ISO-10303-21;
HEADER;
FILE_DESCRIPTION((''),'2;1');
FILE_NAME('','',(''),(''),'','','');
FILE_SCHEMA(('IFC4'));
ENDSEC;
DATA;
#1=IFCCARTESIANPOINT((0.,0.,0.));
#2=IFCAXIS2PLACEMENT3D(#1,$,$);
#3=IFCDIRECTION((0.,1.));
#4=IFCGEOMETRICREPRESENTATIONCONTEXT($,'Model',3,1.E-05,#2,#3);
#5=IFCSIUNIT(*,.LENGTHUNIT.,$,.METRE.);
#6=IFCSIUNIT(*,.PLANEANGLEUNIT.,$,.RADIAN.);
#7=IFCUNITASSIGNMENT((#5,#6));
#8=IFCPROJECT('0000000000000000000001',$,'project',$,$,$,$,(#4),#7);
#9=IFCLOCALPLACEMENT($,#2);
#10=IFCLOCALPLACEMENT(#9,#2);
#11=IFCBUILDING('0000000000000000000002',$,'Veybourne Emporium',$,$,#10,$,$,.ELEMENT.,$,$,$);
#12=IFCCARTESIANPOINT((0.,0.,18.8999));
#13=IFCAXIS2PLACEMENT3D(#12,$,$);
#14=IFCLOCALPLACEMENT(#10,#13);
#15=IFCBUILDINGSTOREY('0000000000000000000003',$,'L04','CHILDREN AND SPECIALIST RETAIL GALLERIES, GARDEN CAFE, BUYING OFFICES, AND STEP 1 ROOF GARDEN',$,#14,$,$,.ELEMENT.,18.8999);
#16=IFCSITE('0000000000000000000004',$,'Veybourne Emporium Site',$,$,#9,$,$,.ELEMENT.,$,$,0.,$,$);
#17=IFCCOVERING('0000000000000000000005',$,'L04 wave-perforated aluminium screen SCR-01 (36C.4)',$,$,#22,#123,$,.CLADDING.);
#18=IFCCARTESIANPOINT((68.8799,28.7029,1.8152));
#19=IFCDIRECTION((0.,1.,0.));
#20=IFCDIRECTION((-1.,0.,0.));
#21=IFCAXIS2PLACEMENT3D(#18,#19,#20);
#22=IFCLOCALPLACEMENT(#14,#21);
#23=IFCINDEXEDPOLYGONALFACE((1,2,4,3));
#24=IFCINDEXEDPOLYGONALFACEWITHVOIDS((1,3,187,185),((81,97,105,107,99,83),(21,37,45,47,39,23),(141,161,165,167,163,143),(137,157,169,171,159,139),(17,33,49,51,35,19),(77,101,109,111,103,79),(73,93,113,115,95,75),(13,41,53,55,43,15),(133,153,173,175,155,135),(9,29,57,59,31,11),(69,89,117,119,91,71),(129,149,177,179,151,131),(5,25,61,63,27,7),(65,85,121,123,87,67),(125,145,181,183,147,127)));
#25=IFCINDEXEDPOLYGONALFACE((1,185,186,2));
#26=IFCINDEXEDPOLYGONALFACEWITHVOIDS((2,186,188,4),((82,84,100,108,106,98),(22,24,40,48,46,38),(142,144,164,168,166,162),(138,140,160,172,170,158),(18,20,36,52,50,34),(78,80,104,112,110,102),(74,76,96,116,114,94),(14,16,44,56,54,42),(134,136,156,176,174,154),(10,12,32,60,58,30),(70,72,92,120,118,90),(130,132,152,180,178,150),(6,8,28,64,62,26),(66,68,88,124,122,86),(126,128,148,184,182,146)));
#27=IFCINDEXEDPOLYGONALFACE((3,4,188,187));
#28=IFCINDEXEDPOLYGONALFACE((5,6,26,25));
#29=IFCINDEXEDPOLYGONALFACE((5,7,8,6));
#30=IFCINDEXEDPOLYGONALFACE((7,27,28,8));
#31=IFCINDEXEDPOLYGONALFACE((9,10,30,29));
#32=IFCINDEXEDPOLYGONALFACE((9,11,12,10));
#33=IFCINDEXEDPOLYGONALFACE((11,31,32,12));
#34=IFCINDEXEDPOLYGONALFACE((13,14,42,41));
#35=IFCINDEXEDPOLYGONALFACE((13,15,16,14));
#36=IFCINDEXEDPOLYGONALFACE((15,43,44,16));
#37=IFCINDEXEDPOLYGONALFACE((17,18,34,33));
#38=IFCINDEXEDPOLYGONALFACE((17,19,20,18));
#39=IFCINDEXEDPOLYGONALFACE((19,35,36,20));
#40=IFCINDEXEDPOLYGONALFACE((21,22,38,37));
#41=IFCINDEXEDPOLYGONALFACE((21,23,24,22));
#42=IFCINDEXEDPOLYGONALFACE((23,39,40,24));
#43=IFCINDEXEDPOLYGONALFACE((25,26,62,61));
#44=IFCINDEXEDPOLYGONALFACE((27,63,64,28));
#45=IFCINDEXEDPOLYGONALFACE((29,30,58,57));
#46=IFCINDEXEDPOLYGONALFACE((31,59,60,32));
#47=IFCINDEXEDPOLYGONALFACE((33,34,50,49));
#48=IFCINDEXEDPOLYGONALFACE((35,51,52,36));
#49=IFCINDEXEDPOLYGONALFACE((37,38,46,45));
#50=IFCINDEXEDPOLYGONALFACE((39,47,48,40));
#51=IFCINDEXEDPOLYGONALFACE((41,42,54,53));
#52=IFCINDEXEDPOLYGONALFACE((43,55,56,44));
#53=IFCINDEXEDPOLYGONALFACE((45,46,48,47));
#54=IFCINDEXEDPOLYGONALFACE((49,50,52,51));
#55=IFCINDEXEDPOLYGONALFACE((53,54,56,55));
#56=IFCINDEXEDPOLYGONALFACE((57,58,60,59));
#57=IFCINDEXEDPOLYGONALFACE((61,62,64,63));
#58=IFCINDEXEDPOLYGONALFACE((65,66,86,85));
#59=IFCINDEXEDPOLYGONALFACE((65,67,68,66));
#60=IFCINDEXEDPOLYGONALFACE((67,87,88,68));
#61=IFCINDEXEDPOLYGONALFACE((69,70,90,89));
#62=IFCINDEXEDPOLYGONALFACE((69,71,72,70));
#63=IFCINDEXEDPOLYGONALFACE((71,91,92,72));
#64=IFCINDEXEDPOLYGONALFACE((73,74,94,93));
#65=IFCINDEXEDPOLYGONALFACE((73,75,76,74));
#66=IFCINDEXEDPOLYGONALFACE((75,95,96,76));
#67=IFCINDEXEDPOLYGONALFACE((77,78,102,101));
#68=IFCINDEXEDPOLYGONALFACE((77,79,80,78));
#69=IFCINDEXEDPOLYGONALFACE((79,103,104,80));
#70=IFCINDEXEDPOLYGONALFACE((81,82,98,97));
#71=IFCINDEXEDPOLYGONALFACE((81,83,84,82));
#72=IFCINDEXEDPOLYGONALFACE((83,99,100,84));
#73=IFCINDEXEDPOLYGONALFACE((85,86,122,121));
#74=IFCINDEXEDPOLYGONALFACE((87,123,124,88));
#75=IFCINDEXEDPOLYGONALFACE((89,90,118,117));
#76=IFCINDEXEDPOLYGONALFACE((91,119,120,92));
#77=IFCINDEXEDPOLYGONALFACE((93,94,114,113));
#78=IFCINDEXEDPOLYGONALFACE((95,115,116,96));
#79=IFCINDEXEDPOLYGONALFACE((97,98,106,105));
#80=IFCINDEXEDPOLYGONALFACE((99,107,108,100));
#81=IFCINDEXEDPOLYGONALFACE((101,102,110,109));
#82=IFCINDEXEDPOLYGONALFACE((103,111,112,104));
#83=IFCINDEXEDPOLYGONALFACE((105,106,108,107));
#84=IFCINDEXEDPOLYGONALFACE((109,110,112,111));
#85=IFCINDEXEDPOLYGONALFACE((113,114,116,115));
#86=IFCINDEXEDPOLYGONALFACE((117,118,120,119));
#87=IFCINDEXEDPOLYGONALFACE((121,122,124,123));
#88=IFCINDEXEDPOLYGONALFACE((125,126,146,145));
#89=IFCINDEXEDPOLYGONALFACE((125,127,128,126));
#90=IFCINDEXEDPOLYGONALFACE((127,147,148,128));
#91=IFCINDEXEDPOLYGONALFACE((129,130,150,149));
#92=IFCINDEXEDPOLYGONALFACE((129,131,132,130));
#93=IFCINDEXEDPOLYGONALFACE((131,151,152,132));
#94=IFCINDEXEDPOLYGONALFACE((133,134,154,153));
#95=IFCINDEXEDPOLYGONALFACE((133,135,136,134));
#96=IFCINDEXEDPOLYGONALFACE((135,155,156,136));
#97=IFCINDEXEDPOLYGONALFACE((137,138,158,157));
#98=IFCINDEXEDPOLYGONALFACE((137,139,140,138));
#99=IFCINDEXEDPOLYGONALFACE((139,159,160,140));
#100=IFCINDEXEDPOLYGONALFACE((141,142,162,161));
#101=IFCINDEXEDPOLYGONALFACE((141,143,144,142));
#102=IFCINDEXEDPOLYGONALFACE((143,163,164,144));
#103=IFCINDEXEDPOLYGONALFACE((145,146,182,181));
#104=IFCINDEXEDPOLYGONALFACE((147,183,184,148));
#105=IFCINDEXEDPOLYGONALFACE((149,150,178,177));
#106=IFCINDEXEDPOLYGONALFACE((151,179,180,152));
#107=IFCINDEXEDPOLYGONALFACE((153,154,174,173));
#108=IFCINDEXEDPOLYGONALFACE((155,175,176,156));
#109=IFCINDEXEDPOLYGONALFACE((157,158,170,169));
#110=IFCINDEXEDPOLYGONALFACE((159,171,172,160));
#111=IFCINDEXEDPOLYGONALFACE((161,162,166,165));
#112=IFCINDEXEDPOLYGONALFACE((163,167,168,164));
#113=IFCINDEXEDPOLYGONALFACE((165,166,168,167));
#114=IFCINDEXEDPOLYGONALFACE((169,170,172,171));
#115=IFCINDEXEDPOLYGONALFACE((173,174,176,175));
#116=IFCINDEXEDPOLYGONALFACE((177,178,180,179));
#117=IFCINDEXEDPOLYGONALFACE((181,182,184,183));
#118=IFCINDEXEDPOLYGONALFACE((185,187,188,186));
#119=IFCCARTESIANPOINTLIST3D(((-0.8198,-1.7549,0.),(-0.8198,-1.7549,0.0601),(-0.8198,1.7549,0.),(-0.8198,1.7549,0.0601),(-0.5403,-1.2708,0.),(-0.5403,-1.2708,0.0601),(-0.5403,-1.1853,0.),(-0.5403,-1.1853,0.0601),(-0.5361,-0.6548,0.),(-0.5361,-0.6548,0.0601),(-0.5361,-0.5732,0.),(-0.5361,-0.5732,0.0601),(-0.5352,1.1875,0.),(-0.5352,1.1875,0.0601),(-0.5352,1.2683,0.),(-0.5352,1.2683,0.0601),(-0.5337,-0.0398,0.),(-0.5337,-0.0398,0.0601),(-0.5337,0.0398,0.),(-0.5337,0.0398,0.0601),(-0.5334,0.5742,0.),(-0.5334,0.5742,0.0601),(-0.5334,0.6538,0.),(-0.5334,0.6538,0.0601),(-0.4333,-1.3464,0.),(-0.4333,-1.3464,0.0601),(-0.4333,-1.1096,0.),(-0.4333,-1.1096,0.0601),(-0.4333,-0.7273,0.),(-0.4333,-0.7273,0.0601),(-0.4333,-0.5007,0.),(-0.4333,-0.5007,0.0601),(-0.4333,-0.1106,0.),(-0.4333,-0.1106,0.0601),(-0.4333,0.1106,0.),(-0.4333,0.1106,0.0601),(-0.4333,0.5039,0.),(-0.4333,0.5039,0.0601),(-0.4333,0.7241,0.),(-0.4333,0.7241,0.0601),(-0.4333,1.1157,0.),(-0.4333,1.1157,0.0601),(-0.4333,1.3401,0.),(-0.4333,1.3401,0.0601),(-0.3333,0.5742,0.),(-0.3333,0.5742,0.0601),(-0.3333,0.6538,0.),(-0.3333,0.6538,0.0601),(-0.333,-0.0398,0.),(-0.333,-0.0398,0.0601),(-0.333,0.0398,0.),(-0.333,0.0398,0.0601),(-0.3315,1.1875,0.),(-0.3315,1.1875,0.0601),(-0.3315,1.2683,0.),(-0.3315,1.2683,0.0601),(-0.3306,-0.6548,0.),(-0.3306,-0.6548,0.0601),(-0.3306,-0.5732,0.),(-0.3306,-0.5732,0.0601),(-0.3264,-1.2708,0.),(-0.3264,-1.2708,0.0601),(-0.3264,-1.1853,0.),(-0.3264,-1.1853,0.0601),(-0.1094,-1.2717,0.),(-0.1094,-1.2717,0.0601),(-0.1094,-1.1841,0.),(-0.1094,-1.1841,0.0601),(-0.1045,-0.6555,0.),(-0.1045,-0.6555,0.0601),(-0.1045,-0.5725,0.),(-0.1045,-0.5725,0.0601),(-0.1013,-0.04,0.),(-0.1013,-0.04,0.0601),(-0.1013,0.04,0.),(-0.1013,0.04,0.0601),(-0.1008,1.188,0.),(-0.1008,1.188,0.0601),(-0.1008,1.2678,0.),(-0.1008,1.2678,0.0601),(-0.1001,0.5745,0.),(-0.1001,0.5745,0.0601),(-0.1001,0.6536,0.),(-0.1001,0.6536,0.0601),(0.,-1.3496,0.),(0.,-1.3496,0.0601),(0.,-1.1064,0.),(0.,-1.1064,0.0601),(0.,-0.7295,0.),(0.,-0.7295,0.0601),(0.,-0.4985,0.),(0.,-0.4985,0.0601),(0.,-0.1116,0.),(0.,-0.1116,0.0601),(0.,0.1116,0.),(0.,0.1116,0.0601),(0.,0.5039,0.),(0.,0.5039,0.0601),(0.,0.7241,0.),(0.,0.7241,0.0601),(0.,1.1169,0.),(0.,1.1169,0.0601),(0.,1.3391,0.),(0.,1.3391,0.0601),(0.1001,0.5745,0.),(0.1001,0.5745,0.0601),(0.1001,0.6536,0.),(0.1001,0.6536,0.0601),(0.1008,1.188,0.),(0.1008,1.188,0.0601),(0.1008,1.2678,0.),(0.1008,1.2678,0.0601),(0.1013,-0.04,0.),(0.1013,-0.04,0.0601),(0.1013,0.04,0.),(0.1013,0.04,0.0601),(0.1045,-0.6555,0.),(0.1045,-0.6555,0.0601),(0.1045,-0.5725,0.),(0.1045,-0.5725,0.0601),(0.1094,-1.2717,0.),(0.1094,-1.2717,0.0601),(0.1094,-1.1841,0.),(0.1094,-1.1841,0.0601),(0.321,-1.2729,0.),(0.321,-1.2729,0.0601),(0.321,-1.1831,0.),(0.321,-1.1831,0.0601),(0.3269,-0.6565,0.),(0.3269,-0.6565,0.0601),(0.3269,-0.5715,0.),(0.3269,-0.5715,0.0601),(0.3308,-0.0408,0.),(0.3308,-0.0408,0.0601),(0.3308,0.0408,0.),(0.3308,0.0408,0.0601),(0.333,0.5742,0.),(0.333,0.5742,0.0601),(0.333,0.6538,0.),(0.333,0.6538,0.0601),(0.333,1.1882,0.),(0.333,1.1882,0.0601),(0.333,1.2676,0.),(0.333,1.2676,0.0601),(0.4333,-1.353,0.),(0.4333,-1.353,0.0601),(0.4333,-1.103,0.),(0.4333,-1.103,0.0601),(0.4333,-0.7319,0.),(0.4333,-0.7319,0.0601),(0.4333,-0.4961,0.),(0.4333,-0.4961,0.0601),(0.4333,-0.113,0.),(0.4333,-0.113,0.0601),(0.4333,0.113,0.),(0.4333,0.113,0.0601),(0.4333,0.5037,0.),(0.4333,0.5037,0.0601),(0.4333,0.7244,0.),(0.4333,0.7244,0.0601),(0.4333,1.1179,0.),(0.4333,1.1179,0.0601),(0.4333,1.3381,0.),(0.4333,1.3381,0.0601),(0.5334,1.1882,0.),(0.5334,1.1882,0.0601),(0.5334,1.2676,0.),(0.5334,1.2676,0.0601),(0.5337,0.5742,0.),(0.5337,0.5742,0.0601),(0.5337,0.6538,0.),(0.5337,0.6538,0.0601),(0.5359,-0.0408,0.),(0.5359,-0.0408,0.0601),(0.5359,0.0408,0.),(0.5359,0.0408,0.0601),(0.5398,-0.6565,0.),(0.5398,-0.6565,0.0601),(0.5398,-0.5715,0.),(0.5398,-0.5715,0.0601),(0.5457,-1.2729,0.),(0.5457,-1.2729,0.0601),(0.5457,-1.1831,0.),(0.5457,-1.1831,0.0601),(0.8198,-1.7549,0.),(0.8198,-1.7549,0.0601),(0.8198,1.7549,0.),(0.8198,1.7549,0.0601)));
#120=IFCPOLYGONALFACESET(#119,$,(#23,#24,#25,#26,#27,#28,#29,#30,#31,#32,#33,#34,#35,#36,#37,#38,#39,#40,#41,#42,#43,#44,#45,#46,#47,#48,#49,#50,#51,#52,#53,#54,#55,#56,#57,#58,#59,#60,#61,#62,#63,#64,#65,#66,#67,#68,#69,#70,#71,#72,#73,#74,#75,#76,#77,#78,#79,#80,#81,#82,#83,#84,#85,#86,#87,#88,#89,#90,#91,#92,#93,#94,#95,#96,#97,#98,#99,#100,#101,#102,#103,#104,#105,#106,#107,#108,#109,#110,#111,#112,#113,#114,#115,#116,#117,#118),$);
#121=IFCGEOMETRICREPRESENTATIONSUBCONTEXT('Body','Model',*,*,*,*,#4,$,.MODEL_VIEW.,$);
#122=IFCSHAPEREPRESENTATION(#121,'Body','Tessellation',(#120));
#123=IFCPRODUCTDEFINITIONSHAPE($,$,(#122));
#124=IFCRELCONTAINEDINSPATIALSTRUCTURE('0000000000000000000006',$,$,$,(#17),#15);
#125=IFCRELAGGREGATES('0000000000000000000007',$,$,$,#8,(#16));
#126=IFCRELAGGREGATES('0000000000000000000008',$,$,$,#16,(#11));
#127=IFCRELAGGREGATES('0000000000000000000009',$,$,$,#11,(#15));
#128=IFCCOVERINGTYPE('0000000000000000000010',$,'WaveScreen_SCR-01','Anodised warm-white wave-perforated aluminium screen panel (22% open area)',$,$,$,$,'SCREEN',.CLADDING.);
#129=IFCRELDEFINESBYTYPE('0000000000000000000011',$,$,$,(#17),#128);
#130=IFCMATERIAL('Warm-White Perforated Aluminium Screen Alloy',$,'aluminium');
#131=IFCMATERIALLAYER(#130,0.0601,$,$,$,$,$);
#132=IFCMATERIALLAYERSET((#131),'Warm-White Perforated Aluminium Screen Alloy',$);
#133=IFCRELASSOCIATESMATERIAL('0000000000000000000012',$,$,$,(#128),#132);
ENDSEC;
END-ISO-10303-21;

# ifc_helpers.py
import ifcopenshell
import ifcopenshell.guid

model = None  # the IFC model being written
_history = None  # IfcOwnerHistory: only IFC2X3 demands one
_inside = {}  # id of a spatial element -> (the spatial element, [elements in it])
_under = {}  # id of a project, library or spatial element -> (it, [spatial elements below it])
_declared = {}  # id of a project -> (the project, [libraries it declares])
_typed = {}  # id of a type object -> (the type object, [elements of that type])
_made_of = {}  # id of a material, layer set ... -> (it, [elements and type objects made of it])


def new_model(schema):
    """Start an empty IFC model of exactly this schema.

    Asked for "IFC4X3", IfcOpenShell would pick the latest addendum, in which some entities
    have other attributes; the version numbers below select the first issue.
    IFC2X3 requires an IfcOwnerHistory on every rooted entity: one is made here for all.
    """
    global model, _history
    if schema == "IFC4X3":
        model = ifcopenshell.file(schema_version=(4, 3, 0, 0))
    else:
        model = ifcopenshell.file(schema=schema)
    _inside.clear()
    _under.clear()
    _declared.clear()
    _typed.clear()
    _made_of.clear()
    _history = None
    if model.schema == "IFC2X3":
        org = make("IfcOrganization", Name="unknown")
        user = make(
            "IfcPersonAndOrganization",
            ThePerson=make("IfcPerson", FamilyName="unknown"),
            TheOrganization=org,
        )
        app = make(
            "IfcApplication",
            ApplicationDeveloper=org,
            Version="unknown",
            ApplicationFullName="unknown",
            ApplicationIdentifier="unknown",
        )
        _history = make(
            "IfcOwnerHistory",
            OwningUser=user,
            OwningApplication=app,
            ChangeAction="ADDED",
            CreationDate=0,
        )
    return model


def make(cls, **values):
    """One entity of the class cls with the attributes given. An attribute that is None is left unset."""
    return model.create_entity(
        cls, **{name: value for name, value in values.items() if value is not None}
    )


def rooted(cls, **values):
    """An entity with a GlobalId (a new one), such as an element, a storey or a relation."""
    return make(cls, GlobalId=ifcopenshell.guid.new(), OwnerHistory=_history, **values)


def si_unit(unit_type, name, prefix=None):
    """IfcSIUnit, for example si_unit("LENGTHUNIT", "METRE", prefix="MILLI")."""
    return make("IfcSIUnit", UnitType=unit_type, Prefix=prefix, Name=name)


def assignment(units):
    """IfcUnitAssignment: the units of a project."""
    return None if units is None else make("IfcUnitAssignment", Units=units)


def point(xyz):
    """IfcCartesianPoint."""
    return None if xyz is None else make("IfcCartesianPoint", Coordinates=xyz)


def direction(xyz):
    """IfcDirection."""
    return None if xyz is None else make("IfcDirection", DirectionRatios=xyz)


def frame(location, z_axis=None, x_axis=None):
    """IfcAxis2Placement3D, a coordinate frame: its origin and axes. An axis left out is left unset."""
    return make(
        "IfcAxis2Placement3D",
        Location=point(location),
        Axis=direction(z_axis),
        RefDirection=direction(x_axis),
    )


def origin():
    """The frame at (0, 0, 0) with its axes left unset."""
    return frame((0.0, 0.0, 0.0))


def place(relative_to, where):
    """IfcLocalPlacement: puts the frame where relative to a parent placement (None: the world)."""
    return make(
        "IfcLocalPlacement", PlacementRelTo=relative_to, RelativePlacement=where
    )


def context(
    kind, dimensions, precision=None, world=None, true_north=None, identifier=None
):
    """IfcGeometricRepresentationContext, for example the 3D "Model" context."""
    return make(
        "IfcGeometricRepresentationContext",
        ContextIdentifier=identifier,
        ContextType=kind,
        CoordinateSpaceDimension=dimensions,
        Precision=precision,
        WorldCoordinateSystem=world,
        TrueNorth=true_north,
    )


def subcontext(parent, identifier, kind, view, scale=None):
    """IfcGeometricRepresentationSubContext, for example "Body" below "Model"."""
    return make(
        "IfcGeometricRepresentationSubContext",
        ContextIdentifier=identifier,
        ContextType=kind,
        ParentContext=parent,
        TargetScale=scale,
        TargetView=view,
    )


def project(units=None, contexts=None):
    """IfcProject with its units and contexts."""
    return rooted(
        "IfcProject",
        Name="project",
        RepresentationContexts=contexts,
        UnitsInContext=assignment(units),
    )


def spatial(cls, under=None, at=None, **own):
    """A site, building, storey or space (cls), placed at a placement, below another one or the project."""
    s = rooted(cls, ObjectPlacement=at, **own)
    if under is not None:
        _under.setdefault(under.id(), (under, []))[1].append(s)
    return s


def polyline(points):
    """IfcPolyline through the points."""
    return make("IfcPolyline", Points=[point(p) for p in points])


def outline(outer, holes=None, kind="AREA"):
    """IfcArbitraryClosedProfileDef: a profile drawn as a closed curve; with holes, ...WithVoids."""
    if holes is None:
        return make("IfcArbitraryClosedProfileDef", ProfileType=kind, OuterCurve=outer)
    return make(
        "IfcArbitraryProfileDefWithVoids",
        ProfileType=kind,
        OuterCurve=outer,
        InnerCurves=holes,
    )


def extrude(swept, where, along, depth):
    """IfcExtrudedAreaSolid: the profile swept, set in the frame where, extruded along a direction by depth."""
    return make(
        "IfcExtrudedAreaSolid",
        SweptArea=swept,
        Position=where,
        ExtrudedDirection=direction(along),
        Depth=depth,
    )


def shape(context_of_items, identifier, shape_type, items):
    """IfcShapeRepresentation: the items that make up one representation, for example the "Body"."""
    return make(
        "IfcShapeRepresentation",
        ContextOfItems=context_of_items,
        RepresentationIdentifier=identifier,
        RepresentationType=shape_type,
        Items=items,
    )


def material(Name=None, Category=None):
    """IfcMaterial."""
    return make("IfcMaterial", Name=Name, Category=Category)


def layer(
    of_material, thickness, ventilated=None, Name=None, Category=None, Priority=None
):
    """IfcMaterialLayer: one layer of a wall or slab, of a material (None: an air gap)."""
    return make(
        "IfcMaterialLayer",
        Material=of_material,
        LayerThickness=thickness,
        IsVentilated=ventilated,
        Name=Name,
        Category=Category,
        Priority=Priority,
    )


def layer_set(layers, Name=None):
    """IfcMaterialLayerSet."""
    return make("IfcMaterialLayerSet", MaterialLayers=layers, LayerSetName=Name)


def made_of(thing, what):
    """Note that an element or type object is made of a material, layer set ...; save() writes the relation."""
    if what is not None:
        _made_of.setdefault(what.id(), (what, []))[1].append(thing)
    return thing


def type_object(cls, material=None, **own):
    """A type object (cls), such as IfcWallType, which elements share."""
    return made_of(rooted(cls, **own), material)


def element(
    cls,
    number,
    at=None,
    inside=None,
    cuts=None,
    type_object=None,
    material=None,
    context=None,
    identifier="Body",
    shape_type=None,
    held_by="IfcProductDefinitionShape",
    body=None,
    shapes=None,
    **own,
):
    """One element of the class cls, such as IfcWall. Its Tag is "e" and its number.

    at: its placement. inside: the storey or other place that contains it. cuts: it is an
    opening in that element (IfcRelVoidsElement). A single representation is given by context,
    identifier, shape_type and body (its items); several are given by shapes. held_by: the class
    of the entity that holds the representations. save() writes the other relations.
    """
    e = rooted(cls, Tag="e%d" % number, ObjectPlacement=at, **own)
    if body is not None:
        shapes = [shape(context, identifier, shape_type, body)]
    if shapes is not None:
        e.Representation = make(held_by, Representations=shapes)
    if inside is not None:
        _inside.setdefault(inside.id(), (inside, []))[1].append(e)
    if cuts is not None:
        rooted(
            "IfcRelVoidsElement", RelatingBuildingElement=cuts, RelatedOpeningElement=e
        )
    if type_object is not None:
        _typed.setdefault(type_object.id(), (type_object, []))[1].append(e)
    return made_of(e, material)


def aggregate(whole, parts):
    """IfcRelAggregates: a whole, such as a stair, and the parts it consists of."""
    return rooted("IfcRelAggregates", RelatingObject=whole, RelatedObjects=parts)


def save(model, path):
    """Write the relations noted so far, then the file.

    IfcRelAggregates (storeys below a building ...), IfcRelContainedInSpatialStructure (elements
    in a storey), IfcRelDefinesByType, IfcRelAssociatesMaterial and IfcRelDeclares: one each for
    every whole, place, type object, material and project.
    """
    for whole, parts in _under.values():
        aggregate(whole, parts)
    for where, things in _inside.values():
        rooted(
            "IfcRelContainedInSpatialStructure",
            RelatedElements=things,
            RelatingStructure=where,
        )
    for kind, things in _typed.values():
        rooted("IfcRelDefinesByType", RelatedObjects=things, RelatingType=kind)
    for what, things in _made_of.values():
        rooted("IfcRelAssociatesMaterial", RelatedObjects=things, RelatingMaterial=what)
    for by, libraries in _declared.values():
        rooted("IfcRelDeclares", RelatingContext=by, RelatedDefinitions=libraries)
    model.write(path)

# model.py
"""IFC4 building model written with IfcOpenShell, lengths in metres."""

from ifc_helpers import new_model, si_unit, direction, frame, origin, place, context, subcontext, project, spatial, polyline, outline, extrude, material, layer, layer_set, type_object, element, save


model = new_model("IFC4")

# Units and contexts
model_context = context("Model", 3, precision=1e-05, world=origin(), true_north=direction((0.0, 1.0)))
body_context = subcontext(model_context, "Body", "Model", "MODEL_VIEW")
ifc_project = project(units=[si_unit("LENGTHUNIT", "METRE"), si_unit("PLANEANGLEUNIT", "RADIAN")], contexts=[model_context])

# Site, building, storey
site_placement = place(None, origin())
site = spatial("IfcSite", under=ifc_project, at=site_placement, Name="Veybourne Emporium Site", CompositionType="ELEMENT", RefElevation=0.0)
building_placement = place(site_placement, origin())
building = spatial("IfcBuilding", under=site, at=building_placement, Name="Veybourne Emporium", CompositionType="ELEMENT")
storey_placement = place(building_placement, frame((0.0, 0.0, 18.8999)))
storey = spatial("IfcBuildingStorey", under=building, at=storey_placement, Name="L04", Description="CHILDREN AND SPECIALIST RETAIL GALLERIES, GARDEN CAFE, BUYING OFFICES, AND STEP 1 ROOF GARDEN", CompositionType="ELEMENT", Elevation=18.8999)

# Covering
ifc_material_1 = material(Name="Warm-White Perforated Aluminium Screen Alloy", Category="aluminium")
ifc_layer_1 = layer(ifc_material_1, 0.0601)
ifc_layer_set_1 = layer_set([ifc_layer_1], Name="Warm-White Perforated Aluminium Screen Alloy")
covering_type_1 = type_object("IfcCoveringType", Name="WaveScreen_SCR-01", Description="Anodised warm-white wave-perforated aluminium screen panel (22% open area)", ElementType="SCREEN", PredefinedType="CLADDING", material=ifc_layer_set_1)
covering_1_placement = place(storey_placement, frame((68.8799, 28.7029, 1.8152), z_axis=(0.0, 1.0, 0.0), x_axis=(-1.0, 0.0, 0.0)))
element("IfcCovering", 1, at=covering_1_placement, inside=storey, type_object=covering_type_1, Name="L04 wave-perforated aluminium screen SCR-01 (36C.4)", PredefinedType="CLADDING", context=body_context, shape_type="SweptSolid", body=[
    extrude(outline(polyline([(-0.8198, -1.7549), (0.8198, -1.7549), (0.8198, 1.7549), (-0.8198, 1.7549), (-0.8198, -1.7549)]), holes=[polyline([(-0.4333, -1.1096), (-0.3264, -1.1853), (-0.3264, -1.2708), (-0.4333, -1.3464), (-0.5403, -1.2708), (-0.5403, -1.1853), (-0.4333, -1.1096)]), polyline([(-0.4333, -0.5007), (-0.3306, -0.5732), (-0.3306, -0.6548), (-0.4333, -0.7273), (-0.5361, -0.6548), (-0.5361, -0.5732), (-0.4333, -0.5007)]), polyline([(-0.4333, 0.1106), (-0.333, 0.0398), (-0.333, -0.0398), (-0.4333, -0.1106), (-0.5337, -0.0398), (-0.5337, 0.0398), (-0.4333, 0.1106)]), polyline([(-0.4333, 0.7241), (-0.3333, 0.6538), (-0.3333, 0.5742), (-0.4333, 0.5039), (-0.5334, 0.5742), (-0.5334, 0.6538), (-0.4333, 0.7241)]), polyline([(-0.4333, 1.3401), (-0.3315, 1.2683), (-0.3315, 1.1875), (-0.4333, 1.1157), (-0.5352, 1.1875), (-0.5352, 1.2683), (-0.4333, 1.3401)]), polyline([(0.0, -1.1064), (0.1094, -1.1841), (0.1094, -1.2717), (0.0, -1.3496), (-0.1094, -1.2717), (-0.1094, -1.1841), (0.0, -1.1064)]), polyline([(0.0, -0.4985), (0.1045, -0.5725), (0.1045, -0.6555), (0.0, -0.7295), (-0.1045, -0.6555), (-0.1045, -0.5725), (0.0, -0.4985)]), polyline([(0.0, 0.1116), (0.1013, 0.04), (0.1013, -0.04), (0.0, -0.1116), (-0.1013, -0.04), (-0.1013, 0.04), (0.0, 0.1116)]), polyline([(0.0, 0.7241), (0.1001, 0.6536), (0.1001, 0.5745), (0.0, 0.5039), (-0.1001, 0.5745), (-0.1001, 0.6536), (0.0, 0.7241)]), polyline([(0.0, 1.3391), (0.1008, 1.2678), (0.1008, 1.188), (0.0, 1.1169), (-0.1008, 1.188), (-0.1008, 1.2678), (0.0, 1.3391)]), polyline([(0.4333, -1.103), (0.5457, -1.1831), (0.5457, -1.2729), (0.4333, -1.353), (0.321, -1.2729), (0.321, -1.1831), (0.4333, -1.103)]), polyline([(0.4333, -0.4961), (0.5398, -0.5715), (0.5398, -0.6565), (0.4333, -0.7319), (0.3269, -0.6565), (0.3269, -0.5715), (0.4333, -0.4961)]), polyline([(0.4333, 0.113), (0.5359, 0.0408), (0.5359, -0.0408), (0.4333, -0.113), (0.3308, -0.0408), (0.3308, 0.0408), (0.4333, 0.113)]), polyline([(0.4333, 0.7244), (0.5337, 0.6538), (0.5337, 0.5742), (0.4333, 0.5037), (0.333, 0.5742), (0.333, 0.6538), (0.4333, 0.7244)]), polyline([(0.4333, 1.3381), (0.5334, 1.2676), (0.5334, 1.1882), (0.4333, 1.1179), (0.333, 1.1882), (0.333, 1.2676), (0.4333, 1.3381)])]), origin(), (0.0, 0.0, 1.0), 0.0601),
])

save(model, "model.ifc")
